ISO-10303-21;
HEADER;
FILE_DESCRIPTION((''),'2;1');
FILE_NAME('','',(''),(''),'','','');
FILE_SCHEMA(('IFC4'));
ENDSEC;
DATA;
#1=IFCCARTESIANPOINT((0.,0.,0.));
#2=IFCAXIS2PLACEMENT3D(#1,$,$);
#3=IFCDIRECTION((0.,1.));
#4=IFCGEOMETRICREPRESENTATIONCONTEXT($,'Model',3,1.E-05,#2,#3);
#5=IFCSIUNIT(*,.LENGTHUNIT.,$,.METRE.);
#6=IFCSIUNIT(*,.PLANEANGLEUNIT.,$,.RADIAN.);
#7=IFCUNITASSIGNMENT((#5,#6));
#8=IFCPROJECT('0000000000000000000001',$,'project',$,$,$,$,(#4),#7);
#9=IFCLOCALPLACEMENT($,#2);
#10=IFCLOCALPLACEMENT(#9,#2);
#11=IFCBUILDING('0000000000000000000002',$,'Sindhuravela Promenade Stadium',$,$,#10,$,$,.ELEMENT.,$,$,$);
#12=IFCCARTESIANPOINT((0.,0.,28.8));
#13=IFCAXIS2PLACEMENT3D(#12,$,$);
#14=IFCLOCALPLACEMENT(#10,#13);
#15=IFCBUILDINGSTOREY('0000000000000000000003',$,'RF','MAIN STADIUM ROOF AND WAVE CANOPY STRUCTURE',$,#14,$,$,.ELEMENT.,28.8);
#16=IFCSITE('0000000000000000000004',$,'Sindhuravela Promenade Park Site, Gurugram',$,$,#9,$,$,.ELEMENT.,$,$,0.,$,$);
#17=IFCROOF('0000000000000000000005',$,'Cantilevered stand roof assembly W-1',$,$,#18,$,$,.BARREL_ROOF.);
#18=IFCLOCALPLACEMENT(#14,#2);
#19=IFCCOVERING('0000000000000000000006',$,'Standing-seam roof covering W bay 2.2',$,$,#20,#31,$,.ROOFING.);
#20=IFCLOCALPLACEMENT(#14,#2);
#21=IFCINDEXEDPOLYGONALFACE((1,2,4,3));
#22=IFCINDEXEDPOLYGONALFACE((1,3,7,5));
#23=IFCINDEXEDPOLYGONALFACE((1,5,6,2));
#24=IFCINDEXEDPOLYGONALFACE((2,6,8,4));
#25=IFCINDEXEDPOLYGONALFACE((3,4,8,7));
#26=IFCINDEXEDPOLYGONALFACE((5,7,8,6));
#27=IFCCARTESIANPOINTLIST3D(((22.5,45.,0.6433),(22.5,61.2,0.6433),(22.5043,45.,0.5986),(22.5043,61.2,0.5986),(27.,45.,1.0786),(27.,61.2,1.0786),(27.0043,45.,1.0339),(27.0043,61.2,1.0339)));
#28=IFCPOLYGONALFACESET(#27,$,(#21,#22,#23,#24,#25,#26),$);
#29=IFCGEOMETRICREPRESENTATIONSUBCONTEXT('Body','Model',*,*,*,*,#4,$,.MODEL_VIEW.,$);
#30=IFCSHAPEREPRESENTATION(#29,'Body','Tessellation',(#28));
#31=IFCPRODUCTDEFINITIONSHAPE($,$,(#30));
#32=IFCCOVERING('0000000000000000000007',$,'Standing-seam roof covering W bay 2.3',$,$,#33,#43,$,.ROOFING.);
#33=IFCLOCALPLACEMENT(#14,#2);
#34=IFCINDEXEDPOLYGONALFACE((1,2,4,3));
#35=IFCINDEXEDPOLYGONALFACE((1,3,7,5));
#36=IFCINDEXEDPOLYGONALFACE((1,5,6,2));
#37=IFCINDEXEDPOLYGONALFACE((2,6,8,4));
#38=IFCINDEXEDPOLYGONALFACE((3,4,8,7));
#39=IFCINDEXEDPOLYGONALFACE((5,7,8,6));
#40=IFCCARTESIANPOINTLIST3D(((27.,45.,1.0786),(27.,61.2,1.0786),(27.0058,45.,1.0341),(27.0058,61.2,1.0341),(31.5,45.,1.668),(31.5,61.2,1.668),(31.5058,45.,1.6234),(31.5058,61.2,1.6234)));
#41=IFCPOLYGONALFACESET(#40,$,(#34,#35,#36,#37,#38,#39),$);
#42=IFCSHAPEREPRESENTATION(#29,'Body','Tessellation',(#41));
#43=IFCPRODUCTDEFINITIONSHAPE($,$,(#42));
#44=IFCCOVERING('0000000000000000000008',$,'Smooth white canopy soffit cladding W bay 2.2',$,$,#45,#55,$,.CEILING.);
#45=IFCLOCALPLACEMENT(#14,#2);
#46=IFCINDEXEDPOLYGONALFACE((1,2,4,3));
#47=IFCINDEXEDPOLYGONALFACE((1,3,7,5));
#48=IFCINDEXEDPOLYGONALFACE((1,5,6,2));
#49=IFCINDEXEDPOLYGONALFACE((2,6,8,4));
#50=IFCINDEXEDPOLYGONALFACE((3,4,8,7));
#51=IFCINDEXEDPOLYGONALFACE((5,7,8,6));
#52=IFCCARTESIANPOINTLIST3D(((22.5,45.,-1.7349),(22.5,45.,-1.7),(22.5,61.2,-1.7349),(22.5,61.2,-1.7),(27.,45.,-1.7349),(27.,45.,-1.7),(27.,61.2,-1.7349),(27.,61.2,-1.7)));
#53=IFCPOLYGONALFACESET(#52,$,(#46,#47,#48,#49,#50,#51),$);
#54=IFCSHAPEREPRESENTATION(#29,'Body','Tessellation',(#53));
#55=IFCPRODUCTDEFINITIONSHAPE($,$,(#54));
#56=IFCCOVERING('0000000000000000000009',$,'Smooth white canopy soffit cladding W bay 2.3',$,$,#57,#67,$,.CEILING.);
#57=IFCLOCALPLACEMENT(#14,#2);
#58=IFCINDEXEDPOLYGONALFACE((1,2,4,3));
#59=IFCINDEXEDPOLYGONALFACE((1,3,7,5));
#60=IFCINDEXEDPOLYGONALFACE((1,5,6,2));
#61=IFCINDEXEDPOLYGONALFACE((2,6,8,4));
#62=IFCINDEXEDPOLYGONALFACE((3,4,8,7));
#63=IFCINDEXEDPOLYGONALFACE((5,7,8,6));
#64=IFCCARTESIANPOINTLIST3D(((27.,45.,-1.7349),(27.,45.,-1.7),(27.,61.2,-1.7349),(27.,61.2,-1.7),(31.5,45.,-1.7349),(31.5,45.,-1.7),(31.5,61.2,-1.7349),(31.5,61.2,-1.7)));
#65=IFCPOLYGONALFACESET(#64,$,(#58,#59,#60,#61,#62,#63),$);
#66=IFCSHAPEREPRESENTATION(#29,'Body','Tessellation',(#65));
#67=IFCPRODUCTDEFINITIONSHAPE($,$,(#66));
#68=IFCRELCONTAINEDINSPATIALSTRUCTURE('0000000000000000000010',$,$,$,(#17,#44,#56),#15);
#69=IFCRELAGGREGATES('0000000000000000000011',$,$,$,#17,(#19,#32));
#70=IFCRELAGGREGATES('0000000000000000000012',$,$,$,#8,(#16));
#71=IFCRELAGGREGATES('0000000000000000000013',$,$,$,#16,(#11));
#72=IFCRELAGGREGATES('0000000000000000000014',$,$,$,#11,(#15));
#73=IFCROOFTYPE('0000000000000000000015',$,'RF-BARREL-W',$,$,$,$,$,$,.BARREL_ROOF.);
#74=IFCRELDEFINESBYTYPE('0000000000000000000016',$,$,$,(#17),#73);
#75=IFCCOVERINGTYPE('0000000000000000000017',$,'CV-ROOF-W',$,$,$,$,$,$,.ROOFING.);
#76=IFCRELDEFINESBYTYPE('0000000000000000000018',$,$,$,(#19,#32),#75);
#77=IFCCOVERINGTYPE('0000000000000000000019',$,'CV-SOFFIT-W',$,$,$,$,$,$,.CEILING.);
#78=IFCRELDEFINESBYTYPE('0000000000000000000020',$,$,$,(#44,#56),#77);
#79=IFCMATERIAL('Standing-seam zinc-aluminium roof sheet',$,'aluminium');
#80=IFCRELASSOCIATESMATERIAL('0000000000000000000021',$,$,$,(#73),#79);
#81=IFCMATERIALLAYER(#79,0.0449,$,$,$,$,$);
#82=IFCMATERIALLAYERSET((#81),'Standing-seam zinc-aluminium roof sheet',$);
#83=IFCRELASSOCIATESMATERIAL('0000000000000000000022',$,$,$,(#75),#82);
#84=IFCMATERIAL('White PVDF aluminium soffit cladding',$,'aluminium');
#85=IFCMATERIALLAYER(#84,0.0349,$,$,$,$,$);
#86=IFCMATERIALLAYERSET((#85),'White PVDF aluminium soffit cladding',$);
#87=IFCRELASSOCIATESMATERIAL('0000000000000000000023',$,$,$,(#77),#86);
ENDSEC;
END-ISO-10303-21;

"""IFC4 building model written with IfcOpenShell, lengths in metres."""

from ifc_helpers import new_model, si_unit, direction, frame, origin, place, context, subcontext, project, spatial, polyline, outline, extrude, material, layer, layer_set, type_object, element, aggregate, save


model = new_model("IFC4")

# Units and contexts
model_context = context("Model", 3, precision=1e-05, world=origin(), true_north=direction((0.0, 1.0)))
body_context = subcontext(model_context, "Body", "Model", "MODEL_VIEW")
ifc_project = project(units=[si_unit("LENGTHUNIT", "METRE"), si_unit("PLANEANGLEUNIT", "RADIAN")], contexts=[model_context])

# Site, building, storey
site_placement = place(None, origin())
site = spatial("IfcSite", under=ifc_project, at=site_placement, Name="Sindhuravela Promenade Park Site, Gurugram", CompositionType="ELEMENT", RefElevation=0.0)
building_placement = place(site_placement, origin())
building = spatial("IfcBuilding", under=site, at=building_placement, Name="Sindhuravela Promenade Stadium", CompositionType="ELEMENT")
storey_placement = place(building_placement, frame((0.0, 0.0, 28.8)))
storey = spatial("IfcBuildingStorey", under=building, at=storey_placement, Name="RF", Description="MAIN STADIUM ROOF AND WAVE CANOPY STRUCTURE", CompositionType="ELEMENT", Elevation=28.8)

# Roof, coverings
ifc_material_1 = material(Name="Standing-seam zinc-aluminium roof sheet", Category="aluminium")
roof_type = type_object("IfcRoofType", Name="RF-BARREL-W", PredefinedType="BARREL_ROOF", material=ifc_material_1)
roof_placement = place(storey_placement, origin())
roof = element("IfcRoof", 1, at=roof_placement, inside=storey, type_object=roof_type, Name="Cantilevered stand roof assembly W-1", PredefinedType="BARREL_ROOF")
ifc_layer_1 = layer(ifc_material_1, 0.0449)
ifc_layer_set_1 = layer_set([ifc_layer_1], Name="Standing-seam zinc-aluminium roof sheet")
covering_type_1 = type_object("IfcCoveringType", Name="CV-ROOF-W", PredefinedType="ROOFING", material=ifc_layer_set_1)
covering_1_placement = place(storey_placement, frame((22.5, 45.0, 0.6433), z_axis=(-0.096285, 0.0, 0.995354), x_axis=(0.0, 1.0, 0.0)))
covering_1 = element("IfcCovering", 2, at=covering_1_placement, type_object=covering_type_1, Name="Standing-seam roof covering W bay 2.2", PredefinedType="ROOFING", context=body_context, shape_type="SweptSolid", body=[
    extrude(outline(polyline([(0.0, 0.0), (0.0, -4.521), (16.2, -4.521), (16.2, 0.0), (0.0, 0.0)])), origin(), (0.0, 0.0, -1.0), 0.0449),
])
covering_2_placement = place(storey_placement, frame((27.0, 45.0, 1.0786), z_axis=(-0.129859, 0.0, 0.991532), x_axis=(0.0, 1.0, 0.0)))
covering_2 = element("IfcCovering", 3, at=covering_2_placement, type_object=covering_type_1, Name="Standing-seam roof covering W bay 2.3", PredefinedType="ROOFING", context=body_context, shape_type="SweptSolid", body=[
    extrude(outline(polyline([(0.0, 0.0), (0.0, -4.5384), (16.2, -4.5384), (16.2, 0.0), (0.0, 0.0)])), origin(), (0.0, 0.0, -1.0), 0.0449),
])
aggregate(roof, [covering_1, covering_2])

# Coverings
ifc_material_2 = material(Name="White PVDF aluminium soffit cladding", Category="aluminium")
ifc_layer_2 = layer(ifc_material_2, 0.0349)
ifc_layer_set_2 = layer_set([ifc_layer_2], Name="White PVDF aluminium soffit cladding")
covering_type_2 = type_object("IfcCoveringType", Name="CV-SOFFIT-W", PredefinedType="CEILING", material=ifc_layer_set_2)
for number, where, z_axis, x_axis, name in (
    (4, (22.5, 45.0, -1.7), (0.0, 0.0, 1.0), (0.0, 1.0, 0.0), "Smooth white canopy soffit cladding W bay 2.2"),
    (5, (27.0, 45.0, -1.7), (0.0, 0.0, 1.0), (0.0, 1.0, 0.0), "Smooth white canopy soffit cladding W bay 2.3"),
):
    element("IfcCovering", number, at=place(storey_placement, frame(where, z_axis=z_axis, x_axis=x_axis)), inside=storey, type_object=covering_type_2, Name=name, PredefinedType="CEILING", context=body_context, shape_type="SweptSolid", body=[
        extrude(outline(polyline([(0.0, 0.0), (0.0, -4.5), (16.2, -4.5), (16.2, 0.0), (0.0, 0.0)])), origin(), (0.0, 0.0, -1.0), 0.0349),
    ])

save(model, "model.ifc")
